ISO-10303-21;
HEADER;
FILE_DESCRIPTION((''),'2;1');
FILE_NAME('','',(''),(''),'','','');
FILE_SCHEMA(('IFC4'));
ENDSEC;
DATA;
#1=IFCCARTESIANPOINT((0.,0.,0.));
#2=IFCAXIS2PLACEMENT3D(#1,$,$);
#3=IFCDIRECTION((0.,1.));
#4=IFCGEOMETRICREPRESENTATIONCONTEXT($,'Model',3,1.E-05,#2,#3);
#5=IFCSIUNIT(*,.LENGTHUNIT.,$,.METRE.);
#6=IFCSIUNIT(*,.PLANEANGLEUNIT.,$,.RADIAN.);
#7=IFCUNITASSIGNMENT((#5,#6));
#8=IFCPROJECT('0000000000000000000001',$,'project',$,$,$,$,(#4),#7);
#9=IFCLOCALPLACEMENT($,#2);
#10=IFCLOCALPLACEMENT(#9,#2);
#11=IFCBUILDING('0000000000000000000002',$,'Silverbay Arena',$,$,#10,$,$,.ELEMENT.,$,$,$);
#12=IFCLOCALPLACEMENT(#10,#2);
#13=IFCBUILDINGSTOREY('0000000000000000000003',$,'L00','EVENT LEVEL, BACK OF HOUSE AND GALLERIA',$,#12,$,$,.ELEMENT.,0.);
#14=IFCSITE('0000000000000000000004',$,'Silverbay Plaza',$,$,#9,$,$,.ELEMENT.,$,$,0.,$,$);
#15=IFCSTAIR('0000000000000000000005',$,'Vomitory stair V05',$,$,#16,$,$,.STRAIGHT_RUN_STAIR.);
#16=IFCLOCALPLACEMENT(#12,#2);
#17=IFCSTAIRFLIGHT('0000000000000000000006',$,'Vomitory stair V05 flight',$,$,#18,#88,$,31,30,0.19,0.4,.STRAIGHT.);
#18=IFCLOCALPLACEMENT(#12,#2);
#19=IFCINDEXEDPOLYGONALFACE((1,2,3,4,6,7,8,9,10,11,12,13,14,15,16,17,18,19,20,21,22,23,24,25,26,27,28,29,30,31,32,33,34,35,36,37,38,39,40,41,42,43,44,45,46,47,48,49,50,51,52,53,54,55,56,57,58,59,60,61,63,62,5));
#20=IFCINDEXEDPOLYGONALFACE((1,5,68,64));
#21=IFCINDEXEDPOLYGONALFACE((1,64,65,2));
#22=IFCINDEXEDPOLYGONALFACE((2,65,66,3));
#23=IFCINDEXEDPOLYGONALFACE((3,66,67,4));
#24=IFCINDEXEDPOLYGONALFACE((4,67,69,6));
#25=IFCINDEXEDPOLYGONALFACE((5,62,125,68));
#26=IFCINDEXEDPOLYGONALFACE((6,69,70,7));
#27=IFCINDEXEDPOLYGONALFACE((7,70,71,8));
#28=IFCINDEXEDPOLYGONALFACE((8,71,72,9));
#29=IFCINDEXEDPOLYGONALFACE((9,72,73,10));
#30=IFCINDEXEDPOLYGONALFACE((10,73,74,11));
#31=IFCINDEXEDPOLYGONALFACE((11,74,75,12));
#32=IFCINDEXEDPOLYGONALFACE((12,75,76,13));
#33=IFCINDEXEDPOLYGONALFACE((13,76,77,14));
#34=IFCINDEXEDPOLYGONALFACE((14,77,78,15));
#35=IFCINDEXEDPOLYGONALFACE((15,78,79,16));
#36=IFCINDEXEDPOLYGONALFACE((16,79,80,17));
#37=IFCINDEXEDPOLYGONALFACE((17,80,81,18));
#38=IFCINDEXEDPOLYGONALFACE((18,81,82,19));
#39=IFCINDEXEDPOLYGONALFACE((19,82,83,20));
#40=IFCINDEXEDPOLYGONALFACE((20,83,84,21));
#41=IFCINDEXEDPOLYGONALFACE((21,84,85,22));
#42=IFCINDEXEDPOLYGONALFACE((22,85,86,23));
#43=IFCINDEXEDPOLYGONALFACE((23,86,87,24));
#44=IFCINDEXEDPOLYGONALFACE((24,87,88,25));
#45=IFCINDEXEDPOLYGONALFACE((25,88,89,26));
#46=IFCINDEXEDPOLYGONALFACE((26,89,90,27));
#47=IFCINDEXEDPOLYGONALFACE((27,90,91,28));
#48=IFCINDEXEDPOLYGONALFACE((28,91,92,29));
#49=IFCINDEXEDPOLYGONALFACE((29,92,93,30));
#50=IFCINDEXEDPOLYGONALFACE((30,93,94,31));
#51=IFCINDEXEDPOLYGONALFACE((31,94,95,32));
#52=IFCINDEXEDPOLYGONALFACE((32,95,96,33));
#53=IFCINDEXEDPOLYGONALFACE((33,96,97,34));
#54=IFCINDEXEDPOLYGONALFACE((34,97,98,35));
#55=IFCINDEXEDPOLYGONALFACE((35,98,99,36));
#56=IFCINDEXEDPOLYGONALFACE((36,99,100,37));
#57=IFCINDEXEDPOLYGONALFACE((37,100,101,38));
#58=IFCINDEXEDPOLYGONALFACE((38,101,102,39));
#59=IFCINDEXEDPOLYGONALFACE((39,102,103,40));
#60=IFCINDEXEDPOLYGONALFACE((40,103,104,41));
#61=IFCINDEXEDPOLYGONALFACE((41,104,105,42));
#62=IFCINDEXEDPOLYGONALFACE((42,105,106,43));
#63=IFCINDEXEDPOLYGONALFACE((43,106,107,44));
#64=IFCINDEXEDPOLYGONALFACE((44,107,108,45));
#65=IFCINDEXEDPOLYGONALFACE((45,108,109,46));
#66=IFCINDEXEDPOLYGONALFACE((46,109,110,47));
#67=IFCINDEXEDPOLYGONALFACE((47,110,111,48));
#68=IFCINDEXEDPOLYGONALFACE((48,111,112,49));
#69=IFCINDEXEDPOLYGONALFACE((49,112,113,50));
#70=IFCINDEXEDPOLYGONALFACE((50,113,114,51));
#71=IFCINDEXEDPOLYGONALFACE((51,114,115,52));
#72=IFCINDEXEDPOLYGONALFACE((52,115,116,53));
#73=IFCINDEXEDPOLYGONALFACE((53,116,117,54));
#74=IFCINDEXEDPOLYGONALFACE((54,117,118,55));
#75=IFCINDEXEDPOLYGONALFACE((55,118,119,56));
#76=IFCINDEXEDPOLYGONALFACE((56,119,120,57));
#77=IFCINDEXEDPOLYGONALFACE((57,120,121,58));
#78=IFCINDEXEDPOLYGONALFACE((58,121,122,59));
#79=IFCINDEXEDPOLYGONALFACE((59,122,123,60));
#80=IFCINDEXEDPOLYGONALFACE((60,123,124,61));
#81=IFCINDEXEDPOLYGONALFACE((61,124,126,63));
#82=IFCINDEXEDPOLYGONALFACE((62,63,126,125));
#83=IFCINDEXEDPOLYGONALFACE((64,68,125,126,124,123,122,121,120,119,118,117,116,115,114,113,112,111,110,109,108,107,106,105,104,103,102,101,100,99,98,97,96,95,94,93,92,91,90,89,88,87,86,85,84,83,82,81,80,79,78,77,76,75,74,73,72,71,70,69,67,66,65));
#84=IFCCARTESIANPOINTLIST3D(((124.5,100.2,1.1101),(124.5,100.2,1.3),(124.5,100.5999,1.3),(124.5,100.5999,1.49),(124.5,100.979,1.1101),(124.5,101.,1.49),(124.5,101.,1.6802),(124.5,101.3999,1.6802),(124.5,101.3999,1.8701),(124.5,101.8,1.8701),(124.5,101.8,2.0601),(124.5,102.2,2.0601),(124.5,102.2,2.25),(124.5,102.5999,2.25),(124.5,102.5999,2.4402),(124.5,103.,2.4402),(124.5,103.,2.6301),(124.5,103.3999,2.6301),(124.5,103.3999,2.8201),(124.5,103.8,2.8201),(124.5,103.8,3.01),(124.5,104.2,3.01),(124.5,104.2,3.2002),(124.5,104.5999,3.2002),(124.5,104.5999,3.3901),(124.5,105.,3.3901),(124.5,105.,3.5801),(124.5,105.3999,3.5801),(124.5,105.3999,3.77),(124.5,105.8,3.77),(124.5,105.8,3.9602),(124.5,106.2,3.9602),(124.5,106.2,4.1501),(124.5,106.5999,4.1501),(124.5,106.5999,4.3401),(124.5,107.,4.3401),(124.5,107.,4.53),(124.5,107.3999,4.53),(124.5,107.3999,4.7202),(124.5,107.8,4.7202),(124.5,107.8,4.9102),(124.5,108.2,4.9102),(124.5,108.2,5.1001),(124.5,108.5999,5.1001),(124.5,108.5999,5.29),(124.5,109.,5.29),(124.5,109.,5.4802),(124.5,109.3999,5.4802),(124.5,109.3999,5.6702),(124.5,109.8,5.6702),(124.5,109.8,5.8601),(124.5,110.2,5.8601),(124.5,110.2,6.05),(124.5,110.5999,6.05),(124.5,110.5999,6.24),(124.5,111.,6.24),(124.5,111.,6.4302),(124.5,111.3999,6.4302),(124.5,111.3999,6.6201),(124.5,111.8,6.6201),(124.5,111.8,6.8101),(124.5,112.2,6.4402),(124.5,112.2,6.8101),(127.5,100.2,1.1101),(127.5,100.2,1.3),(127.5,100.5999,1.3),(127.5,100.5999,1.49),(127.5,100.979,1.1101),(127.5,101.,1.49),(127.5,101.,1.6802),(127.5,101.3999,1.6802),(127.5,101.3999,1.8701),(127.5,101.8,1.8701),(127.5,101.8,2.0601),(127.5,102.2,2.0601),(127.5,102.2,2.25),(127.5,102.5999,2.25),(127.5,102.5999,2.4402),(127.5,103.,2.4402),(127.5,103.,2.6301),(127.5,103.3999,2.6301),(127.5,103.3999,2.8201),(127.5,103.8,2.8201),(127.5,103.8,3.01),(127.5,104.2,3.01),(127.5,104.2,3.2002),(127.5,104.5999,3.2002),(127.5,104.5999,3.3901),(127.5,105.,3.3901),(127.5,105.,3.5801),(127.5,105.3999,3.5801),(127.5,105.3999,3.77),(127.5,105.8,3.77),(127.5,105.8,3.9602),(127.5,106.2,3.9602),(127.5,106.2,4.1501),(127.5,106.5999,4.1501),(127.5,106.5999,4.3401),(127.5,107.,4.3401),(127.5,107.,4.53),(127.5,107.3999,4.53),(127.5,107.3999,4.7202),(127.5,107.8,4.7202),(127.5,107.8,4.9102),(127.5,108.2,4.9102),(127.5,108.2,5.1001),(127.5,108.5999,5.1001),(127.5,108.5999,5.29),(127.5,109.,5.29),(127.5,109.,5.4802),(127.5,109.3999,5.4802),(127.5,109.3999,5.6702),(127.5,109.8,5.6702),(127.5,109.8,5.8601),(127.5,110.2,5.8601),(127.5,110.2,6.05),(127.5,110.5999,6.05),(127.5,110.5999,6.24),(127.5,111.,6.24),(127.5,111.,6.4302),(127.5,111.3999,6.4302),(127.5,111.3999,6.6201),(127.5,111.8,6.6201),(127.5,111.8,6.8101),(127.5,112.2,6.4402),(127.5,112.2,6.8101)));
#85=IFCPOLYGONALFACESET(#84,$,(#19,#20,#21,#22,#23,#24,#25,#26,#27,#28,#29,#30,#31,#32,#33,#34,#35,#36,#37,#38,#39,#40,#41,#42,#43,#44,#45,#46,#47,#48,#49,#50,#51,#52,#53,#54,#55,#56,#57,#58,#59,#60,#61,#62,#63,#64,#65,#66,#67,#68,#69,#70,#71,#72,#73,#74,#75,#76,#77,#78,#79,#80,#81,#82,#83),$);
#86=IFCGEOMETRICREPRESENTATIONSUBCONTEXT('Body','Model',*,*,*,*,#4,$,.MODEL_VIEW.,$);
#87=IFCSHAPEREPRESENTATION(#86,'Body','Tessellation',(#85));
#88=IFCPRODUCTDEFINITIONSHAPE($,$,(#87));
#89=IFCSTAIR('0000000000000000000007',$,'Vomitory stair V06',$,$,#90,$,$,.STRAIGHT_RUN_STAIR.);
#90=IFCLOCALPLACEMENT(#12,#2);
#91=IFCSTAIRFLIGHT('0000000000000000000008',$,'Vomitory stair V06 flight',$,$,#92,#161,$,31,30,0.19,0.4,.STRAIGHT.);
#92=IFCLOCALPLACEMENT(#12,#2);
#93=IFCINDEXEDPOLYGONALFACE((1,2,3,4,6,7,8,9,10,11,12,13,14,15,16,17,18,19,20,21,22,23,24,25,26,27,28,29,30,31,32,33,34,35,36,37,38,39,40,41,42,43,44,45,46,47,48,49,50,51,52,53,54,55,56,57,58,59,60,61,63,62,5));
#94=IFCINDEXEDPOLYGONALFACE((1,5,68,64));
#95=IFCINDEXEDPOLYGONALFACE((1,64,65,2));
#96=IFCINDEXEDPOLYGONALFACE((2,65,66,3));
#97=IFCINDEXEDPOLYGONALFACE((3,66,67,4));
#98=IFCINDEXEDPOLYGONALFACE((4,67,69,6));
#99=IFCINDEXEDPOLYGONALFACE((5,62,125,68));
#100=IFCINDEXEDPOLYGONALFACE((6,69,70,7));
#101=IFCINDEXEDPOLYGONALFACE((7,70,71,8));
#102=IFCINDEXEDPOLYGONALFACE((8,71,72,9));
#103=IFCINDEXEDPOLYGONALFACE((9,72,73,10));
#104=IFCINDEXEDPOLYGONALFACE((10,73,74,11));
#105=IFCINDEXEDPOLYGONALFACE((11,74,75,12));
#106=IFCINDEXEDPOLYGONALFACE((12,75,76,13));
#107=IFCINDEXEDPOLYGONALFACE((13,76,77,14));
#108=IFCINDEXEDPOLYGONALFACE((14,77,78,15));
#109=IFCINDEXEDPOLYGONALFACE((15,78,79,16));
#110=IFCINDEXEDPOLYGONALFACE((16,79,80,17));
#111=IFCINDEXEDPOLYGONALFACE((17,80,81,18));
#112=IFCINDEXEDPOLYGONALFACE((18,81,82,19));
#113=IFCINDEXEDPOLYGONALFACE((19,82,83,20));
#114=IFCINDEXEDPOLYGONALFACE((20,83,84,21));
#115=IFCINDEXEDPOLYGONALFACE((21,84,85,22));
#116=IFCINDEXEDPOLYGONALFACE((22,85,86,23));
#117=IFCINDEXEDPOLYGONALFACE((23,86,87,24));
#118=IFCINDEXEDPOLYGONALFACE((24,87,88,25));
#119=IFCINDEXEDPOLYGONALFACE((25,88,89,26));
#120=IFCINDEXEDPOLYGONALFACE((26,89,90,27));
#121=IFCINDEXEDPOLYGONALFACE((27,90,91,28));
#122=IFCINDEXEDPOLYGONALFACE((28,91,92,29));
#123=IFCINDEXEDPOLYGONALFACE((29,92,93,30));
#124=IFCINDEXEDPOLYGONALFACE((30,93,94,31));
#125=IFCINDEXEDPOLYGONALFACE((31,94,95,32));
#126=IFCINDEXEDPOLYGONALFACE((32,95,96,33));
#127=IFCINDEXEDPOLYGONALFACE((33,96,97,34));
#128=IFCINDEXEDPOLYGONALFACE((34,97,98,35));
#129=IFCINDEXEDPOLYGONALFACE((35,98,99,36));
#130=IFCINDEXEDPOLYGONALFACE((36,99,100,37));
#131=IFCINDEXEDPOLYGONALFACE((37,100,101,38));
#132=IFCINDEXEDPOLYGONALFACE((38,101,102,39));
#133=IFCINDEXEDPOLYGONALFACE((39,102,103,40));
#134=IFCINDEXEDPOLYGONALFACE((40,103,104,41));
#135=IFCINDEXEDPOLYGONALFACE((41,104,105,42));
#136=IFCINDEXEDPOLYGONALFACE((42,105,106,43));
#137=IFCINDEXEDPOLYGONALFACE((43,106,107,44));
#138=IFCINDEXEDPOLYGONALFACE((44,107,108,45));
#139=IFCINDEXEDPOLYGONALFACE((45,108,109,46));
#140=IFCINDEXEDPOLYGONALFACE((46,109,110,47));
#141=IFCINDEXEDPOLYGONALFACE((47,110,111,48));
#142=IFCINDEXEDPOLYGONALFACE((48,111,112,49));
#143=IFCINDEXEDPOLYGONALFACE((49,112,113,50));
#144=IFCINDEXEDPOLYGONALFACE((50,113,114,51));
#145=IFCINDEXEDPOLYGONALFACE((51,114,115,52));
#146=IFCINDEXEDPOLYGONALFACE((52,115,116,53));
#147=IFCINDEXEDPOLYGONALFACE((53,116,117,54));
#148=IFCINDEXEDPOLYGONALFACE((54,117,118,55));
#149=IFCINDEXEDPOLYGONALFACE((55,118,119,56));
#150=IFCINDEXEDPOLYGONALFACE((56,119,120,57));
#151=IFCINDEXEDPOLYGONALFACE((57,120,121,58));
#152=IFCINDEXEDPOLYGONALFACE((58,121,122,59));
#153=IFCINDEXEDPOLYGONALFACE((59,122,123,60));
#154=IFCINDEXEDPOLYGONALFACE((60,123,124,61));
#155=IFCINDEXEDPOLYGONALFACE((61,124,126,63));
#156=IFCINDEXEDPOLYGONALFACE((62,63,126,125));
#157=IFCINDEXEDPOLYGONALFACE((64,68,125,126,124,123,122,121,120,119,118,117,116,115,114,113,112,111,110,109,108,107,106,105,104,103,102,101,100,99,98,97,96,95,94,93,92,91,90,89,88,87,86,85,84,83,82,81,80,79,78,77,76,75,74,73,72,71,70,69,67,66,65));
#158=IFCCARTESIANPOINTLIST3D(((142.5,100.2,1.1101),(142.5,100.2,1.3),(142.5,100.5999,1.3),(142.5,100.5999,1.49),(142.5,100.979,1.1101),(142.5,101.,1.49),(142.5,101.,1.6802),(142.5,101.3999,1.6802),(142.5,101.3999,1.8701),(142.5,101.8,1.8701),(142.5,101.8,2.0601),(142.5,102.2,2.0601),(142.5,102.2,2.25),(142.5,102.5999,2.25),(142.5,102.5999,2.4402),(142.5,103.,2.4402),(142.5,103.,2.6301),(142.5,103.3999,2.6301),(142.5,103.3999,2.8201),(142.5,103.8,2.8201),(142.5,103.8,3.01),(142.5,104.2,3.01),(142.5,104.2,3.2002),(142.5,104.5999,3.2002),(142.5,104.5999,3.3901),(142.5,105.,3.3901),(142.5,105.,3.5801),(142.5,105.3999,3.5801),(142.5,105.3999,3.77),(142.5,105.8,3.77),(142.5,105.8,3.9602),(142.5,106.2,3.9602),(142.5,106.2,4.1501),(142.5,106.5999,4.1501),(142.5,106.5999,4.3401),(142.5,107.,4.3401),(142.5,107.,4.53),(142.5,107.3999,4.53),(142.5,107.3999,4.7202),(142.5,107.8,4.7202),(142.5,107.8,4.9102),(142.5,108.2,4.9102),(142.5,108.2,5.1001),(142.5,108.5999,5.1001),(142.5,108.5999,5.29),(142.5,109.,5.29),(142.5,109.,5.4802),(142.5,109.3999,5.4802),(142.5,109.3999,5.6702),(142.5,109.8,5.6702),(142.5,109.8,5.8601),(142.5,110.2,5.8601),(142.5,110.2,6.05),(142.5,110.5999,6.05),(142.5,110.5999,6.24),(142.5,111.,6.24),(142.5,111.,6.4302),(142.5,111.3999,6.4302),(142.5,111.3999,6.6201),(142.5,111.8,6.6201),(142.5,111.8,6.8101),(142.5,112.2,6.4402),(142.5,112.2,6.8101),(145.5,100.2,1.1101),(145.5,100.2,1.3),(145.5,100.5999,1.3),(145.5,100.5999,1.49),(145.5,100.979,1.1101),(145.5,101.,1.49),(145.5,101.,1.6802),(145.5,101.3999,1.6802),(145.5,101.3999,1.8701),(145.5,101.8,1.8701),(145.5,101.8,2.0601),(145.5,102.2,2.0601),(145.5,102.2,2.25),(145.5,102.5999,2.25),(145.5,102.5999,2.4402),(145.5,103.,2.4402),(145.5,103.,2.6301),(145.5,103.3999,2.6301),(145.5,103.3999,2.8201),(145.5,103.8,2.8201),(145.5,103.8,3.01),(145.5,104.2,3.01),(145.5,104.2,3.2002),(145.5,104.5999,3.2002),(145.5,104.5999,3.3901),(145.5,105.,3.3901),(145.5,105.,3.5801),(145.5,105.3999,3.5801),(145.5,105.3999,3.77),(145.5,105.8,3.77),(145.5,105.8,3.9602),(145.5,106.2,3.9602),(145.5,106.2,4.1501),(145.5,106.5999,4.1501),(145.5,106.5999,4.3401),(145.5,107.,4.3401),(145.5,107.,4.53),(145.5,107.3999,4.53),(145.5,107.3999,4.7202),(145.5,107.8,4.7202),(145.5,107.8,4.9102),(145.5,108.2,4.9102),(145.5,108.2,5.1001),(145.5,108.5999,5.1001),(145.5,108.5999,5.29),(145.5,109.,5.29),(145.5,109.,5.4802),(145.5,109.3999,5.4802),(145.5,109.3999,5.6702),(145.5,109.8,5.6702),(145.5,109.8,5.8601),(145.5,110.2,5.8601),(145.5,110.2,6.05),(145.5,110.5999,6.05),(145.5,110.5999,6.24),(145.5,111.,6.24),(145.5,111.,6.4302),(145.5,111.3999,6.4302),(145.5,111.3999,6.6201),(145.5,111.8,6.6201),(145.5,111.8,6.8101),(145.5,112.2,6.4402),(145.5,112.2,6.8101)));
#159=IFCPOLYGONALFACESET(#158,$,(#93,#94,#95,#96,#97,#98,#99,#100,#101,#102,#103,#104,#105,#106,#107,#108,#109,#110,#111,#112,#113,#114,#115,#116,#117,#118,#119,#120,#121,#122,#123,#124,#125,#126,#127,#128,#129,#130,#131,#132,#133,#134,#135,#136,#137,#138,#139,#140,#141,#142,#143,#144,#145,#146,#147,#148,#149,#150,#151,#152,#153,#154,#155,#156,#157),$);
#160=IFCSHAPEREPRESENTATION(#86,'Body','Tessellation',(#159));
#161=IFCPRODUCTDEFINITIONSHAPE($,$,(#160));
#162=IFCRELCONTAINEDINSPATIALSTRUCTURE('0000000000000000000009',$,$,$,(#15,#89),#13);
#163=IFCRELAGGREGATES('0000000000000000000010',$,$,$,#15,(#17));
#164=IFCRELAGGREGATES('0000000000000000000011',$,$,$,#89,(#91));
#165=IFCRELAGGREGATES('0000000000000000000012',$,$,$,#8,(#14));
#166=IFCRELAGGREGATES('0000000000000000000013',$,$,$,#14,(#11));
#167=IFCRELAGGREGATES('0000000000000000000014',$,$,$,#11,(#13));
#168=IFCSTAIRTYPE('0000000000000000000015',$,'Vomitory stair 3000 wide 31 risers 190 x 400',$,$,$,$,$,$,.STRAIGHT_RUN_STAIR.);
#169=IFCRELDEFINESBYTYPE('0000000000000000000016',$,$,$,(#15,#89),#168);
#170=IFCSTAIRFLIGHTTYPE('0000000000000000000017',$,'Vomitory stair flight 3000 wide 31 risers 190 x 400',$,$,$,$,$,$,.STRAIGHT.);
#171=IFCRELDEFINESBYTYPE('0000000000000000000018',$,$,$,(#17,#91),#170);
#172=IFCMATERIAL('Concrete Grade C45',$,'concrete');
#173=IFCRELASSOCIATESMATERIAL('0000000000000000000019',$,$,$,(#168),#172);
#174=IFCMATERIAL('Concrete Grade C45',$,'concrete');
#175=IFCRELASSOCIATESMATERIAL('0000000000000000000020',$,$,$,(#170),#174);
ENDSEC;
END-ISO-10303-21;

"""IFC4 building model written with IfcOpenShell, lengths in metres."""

from ifc_helpers import new_model, si_unit, direction, frame, origin, place, context, subcontext, project, spatial, polyline, outline, extrude, material, type_object, element, aggregate, save


model = new_model("IFC4")

# Units and contexts
model_context = context("Model", 3, precision=1e-05, world=origin(), true_north=direction((0.0, 1.0)))
body_context = subcontext(model_context, "Body", "Model", "MODEL_VIEW")
ifc_project = project(units=[si_unit("LENGTHUNIT", "METRE"), si_unit("PLANEANGLEUNIT", "RADIAN")], contexts=[model_context])

# Site, building, storey
site_placement = place(None, origin())
site = spatial("IfcSite", under=ifc_project, at=site_placement, Name="Silverbay Plaza", CompositionType="ELEMENT", RefElevation=0.0)
building_placement = place(site_placement, origin())
building = spatial("IfcBuilding", under=site, at=building_placement, Name="Silverbay Arena", CompositionType="ELEMENT")
storey_placement = place(building_placement, origin())
storey = spatial("IfcBuildingStorey", under=building, at=storey_placement, Name="L00", Description="EVENT LEVEL, BACK OF HOUSE AND GALLERIA", CompositionType="ELEMENT", Elevation=0.0)

# Stairs, stair flights
ifc_material_1 = material(Name="Concrete Grade C45", Category="concrete")
stair_type = type_object("IfcStairType", Name="Vomitory stair 3000 wide 31 risers 190 x 400", PredefinedType="STRAIGHT_RUN_STAIR", material=ifc_material_1)
stair_1_placement = place(storey_placement, origin())
stair_1 = element("IfcStair", 1, at=stair_1_placement, inside=storey, type_object=stair_type, Name="Vomitory stair V05", PredefinedType="STRAIGHT_RUN_STAIR")
ifc_material_2 = material(Name="Concrete Grade C45", Category="concrete")
stair_flight_type = type_object("IfcStairFlightType", Name="Vomitory stair flight 3000 wide 31 risers 190 x 400", PredefinedType="STRAIGHT", material=ifc_material_2)
stair_flight_1_placement = place(storey_placement, frame((126.0, 100.2, 1.1101), z_axis=(0.0, 0.0, 1.0), x_axis=(0.0, 1.0, 0.0)))
stair_flight_1 = element("IfcStairFlight", 2, at=stair_flight_1_placement, type_object=stair_flight_type, Name="Vomitory stair V05 flight", NumberOfRisers=31, NumberOfTreads=30, PredefinedType="STRAIGHT", RiserHeight=0.19, TreadLength=0.4, context=body_context, shape_type="SweptSolid", body=[
    extrude(outline(polyline([(0.0, 0.0), (0.0, 0.1899), (0.3999, 0.1899), (0.3999, 0.3799), (0.8, 0.3799), (0.8, 0.5701), (1.2, 0.5701), (1.2, 0.76), (1.6001, 0.76), (1.6001, 0.95), (2.0, 0.95), (2.0, 1.1399), (2.3999, 1.1399), (2.3999, 1.3301), (2.8, 1.3301), (2.8, 1.52), (3.2, 1.52), (3.2, 1.71), (3.6001, 1.71), (3.6001, 1.8999), (4.0, 1.8999), (4.0, 2.0901), (4.3999, 2.0901), (4.3999, 2.28), (4.8, 2.28), (4.8, 2.47), (5.2, 2.47), (5.2, 2.6599), (5.6001, 2.6599), (5.6001, 2.8501), (6.0, 2.8501), (6.0, 3.04), (6.3999, 3.04), (6.3999, 3.23), (6.8, 3.23), (6.8, 3.4199), (7.2, 3.4199), (7.2, 3.6101), (7.6001, 3.6101), (7.6001, 3.8), (8.0, 3.8), (8.0, 3.99), (8.3999, 3.99), (8.3999, 4.1799), (8.8, 4.1799), (8.8, 4.3701), (9.2, 4.3701), (9.2, 4.5601), (9.6001, 4.5601), (9.6001, 4.75), (10.0, 4.75), (10.0, 4.9399), (10.3999, 4.9399), (10.3999, 5.1299), (10.8, 5.1299), (10.8, 5.3201), (11.2, 5.3201), (11.2, 5.51), (11.6001, 5.51), (11.6001, 5.7), (12.0, 5.7), (12.0, 5.3301), (0.7791, 0.0), (0.0, 0.0)])), frame((0.0, 1.5, 0.0), z_axis=(0.0, -1.0, 0.0), x_axis=(1.0, 0.0, 0.0)), (0.0, 0.0, 1.0), 3.0),
])
aggregate(stair_1, [stair_flight_1])
stair_2_placement = place(storey_placement, origin())
stair_2 = element("IfcStair", 3, at=stair_2_placement, inside=storey, type_object=stair_type, Name="Vomitory stair V06", PredefinedType="STRAIGHT_RUN_STAIR")
stair_flight_2_placement = place(storey_placement, frame((144.0, 100.2, 1.1101), z_axis=(0.0, 0.0, 1.0), x_axis=(0.0, 1.0, 0.0)))
stair_flight_2 = element("IfcStairFlight", 4, at=stair_flight_2_placement, type_object=stair_flight_type, Name="Vomitory stair V06 flight", NumberOfRisers=31, NumberOfTreads=30, PredefinedType="STRAIGHT", RiserHeight=0.19, TreadLength=0.4, context=body_context, shape_type="SweptSolid", body=[
    extrude(outline(polyline([(0.0, 0.0), (0.0, 0.1899), (0.3999, 0.1899), (0.3999, 0.3799), (0.8, 0.3799), (0.8, 0.5701), (1.2, 0.5701), (1.2, 0.76), (1.6001, 0.76), (1.6001, 0.95), (2.0, 0.95), (2.0, 1.1399), (2.3999, 1.1399), (2.3999, 1.3301), (2.8, 1.3301), (2.8, 1.52), (3.2, 1.52), (3.2, 1.71), (3.6001, 1.71), (3.6001, 1.8999), (4.0, 1.8999), (4.0, 2.0901), (4.3999, 2.0901), (4.3999, 2.28), (4.8, 2.28), (4.8, 2.47), (5.2, 2.47), (5.2, 2.6599), (5.6001, 2.6599), (5.6001, 2.8501), (6.0, 2.8501), (6.0, 3.04), (6.3999, 3.04), (6.3999, 3.23), (6.8, 3.23), (6.8, 3.4199), (7.2, 3.4199), (7.2, 3.6101), (7.6001, 3.6101), (7.6001, 3.8), (8.0, 3.8), (8.0, 3.99), (8.3999, 3.99), (8.3999, 4.1799), (8.8, 4.1799), (8.8, 4.3701), (9.2, 4.3701), (9.2, 4.5601), (9.6001, 4.5601), (9.6001, 4.75), (10.0, 4.75), (10.0, 4.9399), (10.3999, 4.9399), (10.3999, 5.1299), (10.8, 5.1299), (10.8, 5.3201), (11.2, 5.3201), (11.2, 5.51), (11.6001, 5.51), (11.6001, 5.7), (12.0, 5.7), (12.0, 5.3301), (0.7791, 0.0), (0.0, 0.0)])), frame((0.0, 1.5, 0.0), z_axis=(0.0, -1.0, 0.0), x_axis=(1.0, 0.0, 0.0)), (0.0, 0.0, 1.0), 3.0),
])
aggregate(stair_2, [stair_flight_2])

save(model, "model.ifc")
